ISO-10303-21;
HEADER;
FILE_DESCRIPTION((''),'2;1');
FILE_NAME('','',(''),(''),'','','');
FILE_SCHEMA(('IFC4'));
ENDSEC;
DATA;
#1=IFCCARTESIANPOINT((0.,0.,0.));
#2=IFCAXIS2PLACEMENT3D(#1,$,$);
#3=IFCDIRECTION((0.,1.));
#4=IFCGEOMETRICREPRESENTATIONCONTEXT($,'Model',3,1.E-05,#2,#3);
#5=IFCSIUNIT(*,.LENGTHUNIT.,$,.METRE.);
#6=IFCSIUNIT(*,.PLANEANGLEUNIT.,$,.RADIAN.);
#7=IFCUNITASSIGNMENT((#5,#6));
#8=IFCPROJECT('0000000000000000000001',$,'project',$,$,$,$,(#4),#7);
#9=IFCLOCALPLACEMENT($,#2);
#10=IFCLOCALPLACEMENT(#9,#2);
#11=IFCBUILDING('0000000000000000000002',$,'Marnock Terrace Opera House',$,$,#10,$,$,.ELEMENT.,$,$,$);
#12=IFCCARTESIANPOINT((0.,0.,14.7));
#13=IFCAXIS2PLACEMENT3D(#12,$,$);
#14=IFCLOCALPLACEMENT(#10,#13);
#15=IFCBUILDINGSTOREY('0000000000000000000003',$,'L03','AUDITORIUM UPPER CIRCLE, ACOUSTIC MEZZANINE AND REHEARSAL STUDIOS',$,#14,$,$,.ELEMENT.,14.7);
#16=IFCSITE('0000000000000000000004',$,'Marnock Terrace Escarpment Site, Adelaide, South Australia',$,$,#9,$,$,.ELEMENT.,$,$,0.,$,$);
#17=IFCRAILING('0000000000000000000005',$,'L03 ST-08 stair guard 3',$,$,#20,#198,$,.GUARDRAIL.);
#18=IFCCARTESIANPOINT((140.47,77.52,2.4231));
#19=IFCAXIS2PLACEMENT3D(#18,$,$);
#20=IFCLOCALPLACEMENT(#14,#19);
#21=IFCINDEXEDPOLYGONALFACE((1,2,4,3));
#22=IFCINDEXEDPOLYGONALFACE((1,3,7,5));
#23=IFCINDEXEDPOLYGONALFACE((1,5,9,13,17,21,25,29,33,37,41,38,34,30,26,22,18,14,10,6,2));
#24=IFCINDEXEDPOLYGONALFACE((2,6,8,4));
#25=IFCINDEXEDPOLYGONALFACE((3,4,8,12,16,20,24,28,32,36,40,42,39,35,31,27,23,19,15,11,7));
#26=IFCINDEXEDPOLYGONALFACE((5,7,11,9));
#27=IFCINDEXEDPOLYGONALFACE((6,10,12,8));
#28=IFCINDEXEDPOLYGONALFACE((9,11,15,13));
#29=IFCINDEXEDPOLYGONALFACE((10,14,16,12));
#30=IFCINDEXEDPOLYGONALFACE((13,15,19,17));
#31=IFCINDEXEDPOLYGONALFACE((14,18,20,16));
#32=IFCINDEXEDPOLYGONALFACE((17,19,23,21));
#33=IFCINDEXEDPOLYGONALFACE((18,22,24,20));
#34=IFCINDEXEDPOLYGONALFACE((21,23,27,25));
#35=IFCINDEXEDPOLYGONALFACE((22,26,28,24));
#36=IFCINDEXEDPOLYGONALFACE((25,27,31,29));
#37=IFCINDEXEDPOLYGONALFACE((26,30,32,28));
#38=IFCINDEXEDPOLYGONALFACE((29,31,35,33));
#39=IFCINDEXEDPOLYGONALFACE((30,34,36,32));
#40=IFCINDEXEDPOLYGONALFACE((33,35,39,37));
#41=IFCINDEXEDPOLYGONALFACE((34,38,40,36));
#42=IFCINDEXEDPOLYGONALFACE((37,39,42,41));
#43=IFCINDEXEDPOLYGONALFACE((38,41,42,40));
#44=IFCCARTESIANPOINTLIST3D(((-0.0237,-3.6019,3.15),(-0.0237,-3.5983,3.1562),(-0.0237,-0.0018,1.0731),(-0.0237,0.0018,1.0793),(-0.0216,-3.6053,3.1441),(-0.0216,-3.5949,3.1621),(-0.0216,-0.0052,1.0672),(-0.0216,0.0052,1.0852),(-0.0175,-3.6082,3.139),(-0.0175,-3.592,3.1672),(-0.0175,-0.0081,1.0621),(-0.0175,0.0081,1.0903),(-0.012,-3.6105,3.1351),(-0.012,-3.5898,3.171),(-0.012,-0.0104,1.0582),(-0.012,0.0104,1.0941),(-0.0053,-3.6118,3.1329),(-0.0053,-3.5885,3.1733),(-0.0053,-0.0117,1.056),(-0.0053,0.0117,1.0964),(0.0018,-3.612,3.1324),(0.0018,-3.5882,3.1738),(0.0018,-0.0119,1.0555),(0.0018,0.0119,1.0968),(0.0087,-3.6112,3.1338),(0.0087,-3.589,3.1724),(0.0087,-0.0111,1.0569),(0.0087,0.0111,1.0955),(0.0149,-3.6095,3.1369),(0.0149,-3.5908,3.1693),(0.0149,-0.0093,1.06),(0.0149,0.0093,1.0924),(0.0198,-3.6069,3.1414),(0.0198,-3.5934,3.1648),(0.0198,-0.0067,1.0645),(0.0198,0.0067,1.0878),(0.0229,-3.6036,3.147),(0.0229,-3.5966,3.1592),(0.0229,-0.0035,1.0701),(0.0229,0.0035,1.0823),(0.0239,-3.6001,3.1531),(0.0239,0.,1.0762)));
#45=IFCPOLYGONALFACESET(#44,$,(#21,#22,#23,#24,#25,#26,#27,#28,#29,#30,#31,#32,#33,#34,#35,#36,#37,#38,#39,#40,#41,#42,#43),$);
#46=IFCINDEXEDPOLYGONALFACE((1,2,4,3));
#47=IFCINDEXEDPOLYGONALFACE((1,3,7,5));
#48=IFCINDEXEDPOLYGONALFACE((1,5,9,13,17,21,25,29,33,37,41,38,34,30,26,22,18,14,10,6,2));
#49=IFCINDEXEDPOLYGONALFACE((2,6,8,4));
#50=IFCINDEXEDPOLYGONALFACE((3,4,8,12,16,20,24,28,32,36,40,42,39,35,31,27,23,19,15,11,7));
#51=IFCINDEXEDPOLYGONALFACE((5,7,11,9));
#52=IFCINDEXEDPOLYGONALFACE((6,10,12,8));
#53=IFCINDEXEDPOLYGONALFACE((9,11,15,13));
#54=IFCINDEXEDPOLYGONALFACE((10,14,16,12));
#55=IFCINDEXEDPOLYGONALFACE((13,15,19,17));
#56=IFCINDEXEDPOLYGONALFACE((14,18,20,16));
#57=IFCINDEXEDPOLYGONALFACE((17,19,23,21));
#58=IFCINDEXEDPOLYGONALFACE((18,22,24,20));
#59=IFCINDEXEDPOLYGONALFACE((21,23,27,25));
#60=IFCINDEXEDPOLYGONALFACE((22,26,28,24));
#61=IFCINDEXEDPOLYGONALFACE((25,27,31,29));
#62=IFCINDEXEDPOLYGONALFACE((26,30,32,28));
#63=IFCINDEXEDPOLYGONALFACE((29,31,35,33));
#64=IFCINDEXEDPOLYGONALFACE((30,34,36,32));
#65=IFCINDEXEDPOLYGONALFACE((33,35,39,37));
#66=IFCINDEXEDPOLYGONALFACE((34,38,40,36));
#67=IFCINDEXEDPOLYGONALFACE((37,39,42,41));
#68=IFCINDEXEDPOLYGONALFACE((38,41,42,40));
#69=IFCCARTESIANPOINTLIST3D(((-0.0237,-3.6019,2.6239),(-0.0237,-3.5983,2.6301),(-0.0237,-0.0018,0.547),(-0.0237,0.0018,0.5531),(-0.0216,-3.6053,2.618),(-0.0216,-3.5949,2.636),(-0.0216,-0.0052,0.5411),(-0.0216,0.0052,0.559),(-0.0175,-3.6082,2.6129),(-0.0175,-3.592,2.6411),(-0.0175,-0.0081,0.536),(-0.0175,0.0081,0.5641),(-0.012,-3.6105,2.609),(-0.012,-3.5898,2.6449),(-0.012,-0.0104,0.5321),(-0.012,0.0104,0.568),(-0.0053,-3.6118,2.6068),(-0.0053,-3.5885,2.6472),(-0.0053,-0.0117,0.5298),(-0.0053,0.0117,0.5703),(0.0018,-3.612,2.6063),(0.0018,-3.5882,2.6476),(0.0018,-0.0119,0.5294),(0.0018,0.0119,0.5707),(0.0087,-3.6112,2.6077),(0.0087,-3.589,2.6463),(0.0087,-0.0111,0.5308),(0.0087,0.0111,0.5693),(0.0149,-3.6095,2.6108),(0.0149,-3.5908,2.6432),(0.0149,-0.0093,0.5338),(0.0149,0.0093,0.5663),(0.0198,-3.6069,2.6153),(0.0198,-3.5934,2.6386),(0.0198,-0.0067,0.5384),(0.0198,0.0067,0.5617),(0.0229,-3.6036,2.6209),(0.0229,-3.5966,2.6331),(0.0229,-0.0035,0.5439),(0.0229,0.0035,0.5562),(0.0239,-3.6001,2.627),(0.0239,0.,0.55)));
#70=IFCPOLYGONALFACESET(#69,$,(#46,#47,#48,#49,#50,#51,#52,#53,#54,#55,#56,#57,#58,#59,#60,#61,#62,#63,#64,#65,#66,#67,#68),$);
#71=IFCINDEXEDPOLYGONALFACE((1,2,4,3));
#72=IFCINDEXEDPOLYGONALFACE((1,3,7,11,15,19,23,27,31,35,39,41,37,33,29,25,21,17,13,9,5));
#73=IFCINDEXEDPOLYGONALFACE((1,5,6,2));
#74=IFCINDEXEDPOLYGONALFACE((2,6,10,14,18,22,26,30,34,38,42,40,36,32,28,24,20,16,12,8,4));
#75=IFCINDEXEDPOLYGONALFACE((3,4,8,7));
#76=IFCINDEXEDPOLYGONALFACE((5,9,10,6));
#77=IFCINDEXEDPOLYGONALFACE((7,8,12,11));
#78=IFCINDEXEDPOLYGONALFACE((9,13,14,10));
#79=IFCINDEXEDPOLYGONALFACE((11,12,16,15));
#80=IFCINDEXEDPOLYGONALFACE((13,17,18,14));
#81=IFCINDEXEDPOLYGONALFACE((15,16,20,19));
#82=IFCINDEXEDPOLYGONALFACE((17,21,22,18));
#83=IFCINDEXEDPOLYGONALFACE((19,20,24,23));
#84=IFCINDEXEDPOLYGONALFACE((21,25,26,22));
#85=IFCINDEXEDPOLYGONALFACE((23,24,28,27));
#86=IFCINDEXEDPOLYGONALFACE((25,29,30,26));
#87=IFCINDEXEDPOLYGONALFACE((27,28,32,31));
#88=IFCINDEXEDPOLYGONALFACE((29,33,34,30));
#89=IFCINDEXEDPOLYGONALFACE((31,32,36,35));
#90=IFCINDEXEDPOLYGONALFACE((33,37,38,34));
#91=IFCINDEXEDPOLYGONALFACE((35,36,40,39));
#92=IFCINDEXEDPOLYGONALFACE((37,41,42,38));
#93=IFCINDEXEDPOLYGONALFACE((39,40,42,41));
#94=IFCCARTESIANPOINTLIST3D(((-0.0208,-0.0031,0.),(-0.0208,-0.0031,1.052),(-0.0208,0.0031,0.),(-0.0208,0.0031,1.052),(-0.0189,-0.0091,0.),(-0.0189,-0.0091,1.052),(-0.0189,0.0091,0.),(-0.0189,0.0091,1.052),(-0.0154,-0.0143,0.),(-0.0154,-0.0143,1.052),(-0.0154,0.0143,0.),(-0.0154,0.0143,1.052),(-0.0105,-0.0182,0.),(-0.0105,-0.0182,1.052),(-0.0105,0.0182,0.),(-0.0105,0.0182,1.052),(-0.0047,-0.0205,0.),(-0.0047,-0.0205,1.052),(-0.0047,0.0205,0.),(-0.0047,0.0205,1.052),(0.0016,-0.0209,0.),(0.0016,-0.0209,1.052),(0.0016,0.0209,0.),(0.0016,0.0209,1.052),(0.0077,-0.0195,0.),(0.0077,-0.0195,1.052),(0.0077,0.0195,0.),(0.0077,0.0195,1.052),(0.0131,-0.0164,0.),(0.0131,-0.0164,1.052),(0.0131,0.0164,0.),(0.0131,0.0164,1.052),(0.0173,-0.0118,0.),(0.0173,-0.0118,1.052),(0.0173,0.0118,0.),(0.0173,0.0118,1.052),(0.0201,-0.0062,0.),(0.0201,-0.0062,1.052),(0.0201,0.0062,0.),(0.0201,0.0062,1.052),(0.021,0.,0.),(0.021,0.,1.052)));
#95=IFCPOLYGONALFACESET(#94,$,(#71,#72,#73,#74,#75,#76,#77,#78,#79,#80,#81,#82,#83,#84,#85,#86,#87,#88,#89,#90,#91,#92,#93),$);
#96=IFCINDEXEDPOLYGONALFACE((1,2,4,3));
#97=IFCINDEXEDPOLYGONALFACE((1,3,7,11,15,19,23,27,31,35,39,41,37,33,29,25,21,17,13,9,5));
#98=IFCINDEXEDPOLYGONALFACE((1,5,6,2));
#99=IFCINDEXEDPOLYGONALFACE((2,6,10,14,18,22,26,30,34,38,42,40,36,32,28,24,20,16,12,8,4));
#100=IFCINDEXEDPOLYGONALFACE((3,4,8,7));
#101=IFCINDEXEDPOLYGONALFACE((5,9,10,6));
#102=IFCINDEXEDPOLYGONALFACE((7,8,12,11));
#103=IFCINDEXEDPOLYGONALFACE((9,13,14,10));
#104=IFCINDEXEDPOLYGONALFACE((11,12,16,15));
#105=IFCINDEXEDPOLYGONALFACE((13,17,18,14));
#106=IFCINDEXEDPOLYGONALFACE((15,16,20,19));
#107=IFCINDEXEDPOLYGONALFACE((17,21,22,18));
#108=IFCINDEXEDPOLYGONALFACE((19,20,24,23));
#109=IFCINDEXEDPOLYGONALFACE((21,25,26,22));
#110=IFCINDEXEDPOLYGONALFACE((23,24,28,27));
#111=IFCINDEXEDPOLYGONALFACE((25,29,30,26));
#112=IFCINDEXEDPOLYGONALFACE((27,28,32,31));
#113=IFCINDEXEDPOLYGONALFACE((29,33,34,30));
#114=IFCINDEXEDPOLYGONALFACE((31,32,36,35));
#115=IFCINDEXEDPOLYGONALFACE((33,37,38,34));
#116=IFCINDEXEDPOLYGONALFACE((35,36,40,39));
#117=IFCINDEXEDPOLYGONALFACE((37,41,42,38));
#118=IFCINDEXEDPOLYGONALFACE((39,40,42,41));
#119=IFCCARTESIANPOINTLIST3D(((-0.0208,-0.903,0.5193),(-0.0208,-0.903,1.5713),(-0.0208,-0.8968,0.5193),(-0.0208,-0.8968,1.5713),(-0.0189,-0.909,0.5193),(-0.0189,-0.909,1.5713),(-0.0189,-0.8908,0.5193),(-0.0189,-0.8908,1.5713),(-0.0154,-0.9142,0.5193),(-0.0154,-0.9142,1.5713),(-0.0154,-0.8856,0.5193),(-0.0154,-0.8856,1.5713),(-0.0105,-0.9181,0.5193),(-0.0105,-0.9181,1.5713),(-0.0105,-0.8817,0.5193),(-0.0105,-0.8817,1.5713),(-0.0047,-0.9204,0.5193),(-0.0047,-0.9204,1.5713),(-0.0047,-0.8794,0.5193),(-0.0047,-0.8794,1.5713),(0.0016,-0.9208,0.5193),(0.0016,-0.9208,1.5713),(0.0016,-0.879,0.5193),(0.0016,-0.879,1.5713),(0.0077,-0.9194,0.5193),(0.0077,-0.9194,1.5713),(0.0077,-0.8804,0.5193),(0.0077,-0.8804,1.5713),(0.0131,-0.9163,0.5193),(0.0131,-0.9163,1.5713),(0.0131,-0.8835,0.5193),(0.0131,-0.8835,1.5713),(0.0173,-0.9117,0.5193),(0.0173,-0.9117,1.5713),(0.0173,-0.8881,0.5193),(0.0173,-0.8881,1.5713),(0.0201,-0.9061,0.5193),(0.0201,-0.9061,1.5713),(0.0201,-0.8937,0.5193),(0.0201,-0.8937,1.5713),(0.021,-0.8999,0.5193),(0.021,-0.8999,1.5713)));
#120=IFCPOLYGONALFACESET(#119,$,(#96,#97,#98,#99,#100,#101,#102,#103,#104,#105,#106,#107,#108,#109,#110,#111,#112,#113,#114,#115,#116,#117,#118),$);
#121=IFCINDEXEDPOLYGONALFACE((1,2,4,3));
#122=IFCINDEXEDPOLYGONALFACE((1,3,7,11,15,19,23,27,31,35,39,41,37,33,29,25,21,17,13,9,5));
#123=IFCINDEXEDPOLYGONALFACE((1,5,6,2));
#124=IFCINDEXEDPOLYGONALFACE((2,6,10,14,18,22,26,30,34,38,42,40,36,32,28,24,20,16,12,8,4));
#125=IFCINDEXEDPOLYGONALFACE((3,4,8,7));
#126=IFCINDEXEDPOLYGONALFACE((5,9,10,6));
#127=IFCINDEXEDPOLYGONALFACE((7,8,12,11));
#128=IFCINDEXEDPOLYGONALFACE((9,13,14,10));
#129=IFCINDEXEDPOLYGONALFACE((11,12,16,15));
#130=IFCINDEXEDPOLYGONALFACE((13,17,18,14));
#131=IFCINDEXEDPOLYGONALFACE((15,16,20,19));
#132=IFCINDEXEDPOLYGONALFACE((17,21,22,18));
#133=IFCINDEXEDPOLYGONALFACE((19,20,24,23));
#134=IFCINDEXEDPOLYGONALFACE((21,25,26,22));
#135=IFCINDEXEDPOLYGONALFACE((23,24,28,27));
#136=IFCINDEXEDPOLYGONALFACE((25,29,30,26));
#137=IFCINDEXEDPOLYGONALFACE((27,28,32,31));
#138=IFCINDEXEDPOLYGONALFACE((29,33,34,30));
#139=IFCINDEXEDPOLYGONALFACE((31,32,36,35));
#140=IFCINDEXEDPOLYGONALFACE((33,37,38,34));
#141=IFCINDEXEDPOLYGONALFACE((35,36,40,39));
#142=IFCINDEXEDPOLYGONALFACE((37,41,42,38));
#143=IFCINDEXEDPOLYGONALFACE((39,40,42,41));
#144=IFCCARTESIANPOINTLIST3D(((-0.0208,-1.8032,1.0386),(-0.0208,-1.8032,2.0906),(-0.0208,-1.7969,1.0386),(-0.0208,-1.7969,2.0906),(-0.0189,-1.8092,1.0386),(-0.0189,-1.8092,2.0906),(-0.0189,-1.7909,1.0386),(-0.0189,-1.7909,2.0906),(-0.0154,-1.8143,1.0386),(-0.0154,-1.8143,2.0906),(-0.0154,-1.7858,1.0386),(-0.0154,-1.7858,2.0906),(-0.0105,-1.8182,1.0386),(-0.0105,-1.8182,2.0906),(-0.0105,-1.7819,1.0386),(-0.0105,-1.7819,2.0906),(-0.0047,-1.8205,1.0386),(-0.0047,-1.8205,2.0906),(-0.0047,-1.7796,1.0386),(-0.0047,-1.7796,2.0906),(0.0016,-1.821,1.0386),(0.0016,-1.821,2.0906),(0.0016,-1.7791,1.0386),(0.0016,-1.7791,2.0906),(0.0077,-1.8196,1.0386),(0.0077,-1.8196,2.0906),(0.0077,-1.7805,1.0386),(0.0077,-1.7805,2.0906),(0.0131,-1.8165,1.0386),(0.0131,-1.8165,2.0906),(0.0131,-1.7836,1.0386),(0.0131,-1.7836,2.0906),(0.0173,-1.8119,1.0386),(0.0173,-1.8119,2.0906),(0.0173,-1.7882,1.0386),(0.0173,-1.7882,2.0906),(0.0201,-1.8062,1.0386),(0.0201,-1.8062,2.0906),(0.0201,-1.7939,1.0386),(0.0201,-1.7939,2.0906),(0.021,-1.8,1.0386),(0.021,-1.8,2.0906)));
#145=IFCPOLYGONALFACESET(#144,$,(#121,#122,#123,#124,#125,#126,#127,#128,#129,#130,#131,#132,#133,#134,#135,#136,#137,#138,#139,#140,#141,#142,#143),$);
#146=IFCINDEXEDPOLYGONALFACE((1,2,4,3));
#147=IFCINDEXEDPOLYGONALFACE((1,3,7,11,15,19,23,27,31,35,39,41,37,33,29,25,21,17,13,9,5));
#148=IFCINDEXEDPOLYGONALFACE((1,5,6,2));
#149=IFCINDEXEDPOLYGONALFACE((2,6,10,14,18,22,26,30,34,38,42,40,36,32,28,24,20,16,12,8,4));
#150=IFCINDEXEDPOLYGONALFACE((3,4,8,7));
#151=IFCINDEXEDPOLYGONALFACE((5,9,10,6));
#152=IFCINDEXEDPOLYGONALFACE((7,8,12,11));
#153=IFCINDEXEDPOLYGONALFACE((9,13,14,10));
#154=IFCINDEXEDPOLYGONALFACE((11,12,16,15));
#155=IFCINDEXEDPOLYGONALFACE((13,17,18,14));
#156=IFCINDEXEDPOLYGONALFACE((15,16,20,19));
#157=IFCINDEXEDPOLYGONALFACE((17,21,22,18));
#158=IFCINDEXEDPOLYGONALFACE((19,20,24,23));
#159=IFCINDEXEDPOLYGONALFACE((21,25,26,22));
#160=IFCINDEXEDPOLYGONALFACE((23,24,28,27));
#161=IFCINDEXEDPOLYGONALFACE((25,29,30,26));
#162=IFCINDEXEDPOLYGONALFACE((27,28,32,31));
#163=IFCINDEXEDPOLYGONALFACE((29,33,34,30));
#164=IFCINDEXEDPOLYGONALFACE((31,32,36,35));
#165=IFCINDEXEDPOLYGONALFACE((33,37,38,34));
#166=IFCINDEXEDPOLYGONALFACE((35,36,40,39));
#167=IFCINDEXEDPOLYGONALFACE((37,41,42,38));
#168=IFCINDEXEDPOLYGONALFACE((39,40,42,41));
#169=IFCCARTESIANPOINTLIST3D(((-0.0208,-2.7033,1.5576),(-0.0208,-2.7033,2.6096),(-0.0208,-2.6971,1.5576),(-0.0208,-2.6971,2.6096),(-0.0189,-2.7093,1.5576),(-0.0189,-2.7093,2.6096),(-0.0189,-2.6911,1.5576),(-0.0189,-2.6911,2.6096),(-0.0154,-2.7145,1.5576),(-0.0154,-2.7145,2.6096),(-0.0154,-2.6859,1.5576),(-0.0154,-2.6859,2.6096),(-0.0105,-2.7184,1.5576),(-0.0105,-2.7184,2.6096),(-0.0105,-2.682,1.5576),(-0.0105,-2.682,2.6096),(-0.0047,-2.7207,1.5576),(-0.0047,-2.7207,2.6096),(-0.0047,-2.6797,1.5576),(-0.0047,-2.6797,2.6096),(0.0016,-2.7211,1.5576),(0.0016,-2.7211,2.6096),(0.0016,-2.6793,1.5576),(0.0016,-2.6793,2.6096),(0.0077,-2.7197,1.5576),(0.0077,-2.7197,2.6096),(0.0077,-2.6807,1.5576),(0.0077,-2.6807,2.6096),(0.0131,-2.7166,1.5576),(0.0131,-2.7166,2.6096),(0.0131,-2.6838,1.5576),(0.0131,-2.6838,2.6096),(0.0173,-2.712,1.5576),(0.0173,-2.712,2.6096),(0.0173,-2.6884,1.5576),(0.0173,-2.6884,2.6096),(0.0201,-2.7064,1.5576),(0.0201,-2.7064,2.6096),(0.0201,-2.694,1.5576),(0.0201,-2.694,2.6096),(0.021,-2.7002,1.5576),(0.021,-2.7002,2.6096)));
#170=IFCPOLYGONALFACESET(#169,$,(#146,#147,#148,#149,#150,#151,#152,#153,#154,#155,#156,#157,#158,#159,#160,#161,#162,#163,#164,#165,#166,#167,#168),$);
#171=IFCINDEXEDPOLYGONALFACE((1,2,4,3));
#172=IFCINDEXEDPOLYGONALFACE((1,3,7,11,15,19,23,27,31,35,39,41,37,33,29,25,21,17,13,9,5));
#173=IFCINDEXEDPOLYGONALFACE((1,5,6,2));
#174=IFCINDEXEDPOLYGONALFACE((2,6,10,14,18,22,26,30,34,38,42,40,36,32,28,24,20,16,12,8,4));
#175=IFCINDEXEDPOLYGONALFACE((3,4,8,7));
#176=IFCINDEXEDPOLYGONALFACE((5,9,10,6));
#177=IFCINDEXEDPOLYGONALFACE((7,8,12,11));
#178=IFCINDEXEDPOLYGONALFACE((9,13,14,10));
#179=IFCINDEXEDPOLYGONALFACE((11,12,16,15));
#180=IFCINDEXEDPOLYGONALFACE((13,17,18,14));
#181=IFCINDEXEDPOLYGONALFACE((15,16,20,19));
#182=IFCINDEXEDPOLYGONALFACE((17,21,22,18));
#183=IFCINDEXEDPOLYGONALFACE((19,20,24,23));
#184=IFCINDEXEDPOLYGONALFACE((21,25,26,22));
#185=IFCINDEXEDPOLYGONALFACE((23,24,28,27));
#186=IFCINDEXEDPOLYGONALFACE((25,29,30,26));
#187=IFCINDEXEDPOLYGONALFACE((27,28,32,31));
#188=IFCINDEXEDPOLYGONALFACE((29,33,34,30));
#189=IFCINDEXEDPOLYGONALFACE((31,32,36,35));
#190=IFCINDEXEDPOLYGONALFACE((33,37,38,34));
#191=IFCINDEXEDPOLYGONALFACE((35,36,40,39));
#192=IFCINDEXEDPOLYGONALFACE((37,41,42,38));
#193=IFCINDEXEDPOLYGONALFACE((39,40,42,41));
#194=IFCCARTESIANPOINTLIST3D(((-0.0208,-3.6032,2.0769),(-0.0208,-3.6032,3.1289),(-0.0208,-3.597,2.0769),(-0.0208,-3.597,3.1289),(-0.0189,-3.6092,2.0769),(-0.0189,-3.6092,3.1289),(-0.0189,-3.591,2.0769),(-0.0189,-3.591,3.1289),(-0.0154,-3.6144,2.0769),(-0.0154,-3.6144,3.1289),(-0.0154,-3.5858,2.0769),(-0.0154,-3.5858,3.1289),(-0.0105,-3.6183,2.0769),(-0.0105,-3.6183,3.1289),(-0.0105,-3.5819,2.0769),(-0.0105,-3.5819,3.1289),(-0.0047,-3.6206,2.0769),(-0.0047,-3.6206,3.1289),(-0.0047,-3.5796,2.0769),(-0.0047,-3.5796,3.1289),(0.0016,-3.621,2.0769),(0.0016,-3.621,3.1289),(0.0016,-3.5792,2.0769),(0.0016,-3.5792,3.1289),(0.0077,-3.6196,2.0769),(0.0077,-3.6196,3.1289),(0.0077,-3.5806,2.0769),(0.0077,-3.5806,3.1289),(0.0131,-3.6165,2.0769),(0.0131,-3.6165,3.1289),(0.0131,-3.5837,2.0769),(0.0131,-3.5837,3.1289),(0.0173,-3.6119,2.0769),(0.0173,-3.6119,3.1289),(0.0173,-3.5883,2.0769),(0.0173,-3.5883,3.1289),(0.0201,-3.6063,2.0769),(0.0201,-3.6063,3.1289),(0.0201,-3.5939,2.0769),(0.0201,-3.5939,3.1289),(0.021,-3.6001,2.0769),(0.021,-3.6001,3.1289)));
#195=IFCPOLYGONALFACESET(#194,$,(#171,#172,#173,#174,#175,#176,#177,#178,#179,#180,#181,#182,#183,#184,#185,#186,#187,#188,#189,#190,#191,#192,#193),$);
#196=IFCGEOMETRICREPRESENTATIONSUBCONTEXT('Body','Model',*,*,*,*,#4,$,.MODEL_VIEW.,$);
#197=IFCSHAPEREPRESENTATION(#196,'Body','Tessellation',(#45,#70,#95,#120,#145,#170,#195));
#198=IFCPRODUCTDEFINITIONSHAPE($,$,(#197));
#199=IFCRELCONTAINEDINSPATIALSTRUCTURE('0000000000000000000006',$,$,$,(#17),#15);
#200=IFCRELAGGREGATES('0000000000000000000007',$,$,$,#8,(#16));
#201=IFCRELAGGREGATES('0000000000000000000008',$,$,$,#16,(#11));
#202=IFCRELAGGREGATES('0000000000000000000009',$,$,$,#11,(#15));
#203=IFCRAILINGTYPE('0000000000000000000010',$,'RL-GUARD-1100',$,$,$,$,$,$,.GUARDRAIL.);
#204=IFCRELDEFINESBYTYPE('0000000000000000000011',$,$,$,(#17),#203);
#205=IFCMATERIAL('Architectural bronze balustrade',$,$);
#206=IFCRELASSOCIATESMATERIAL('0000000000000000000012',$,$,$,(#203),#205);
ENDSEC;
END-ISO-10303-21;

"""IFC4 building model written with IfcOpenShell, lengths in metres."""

from ifc_helpers import new_model, si_unit, direction, frame, origin, origin_2d, place, context, subcontext, project, spatial, circle, extrude, material, type_object, element, save


model = new_model("IFC4")

# Units and contexts
model_context = context("Model", 3, precision=1e-05, world=origin(), true_north=direction((0.0, 1.0)))
body_context = subcontext(model_context, "Body", "Model", "MODEL_VIEW")
ifc_project = project(units=[si_unit("LENGTHUNIT", "METRE"), si_unit("PLANEANGLEUNIT", "RADIAN")], contexts=[model_context])

# Site, building, storey
site_placement = place(None, origin())
site = spatial("IfcSite", under=ifc_project, at=site_placement, Name="Marnock Terrace Escarpment Site, Adelaide, South Australia", CompositionType="ELEMENT", RefElevation=0.0)
building_placement = place(site_placement, origin())
building = spatial("IfcBuilding", under=site, at=building_placement, Name="Marnock Terrace Opera House", CompositionType="ELEMENT")
storey_placement = place(building_placement, frame((0.0, 0.0, 14.7)))
storey = spatial("IfcBuildingStorey", under=building, at=storey_placement, Name="L03", Description="AUDITORIUM UPPER CIRCLE, ACOUSTIC MEZZANINE AND REHEARSAL STUDIOS", CompositionType="ELEMENT", Elevation=14.7)

# Railing
ifc_material_1 = material(Name="Architectural bronze balustrade")
railing_type_1 = type_object("IfcRailingType", Name="RL-GUARD-1100", PredefinedType="GUARDRAIL", material=ifc_material_1)
railing_1_placement = place(storey_placement, frame((140.47, 77.52, 2.4231)))
element("IfcRailing", 1, at=railing_1_placement, inside=storey, type_object=railing_type_1, Name="L03 ST-08 stair guard 3", PredefinedType="GUARDRAIL", context=body_context, shape_type="SweptSolid", body=[
    extrude(circle(Radius=0.0239, at=origin_2d()), frame((0.0, 0.0, 1.0762), z_axis=(0.0, -0.866193, 0.499709), x_axis=(1.0, 0.0, 0.0)), (0.0, 0.0, 1.0), 4.1562),
    extrude(circle(Radius=0.0239, at=origin_2d()), frame((0.0, 0.0, 0.55), z_axis=(0.0, -0.866193, 0.499709), x_axis=(1.0, 0.0, 0.0)), (0.0, 0.0, 1.0), 4.1562),
    extrude(circle(Radius=0.021, at=origin_2d()), origin(), (0.0, 0.0, 1.0), 1.052),
    extrude(circle(Radius=0.021, at=origin_2d()), frame((0.0, -0.8999, 0.5193)), (0.0, 0.0, 1.0), 1.052),
    extrude(circle(Radius=0.021, at=origin_2d()), frame((0.0, -1.8, 1.0386)), (0.0, 0.0, 1.0), 1.052),
    extrude(circle(Radius=0.021, at=origin_2d()), frame((0.0, -2.7002, 1.5576)), (0.0, 0.0, 1.0), 1.052),
    extrude(circle(Radius=0.021, at=origin_2d()), frame((0.0, -3.6001, 2.0769)), (0.0, 0.0, 1.0), 1.052),
])

save(model, "model.ifc")
